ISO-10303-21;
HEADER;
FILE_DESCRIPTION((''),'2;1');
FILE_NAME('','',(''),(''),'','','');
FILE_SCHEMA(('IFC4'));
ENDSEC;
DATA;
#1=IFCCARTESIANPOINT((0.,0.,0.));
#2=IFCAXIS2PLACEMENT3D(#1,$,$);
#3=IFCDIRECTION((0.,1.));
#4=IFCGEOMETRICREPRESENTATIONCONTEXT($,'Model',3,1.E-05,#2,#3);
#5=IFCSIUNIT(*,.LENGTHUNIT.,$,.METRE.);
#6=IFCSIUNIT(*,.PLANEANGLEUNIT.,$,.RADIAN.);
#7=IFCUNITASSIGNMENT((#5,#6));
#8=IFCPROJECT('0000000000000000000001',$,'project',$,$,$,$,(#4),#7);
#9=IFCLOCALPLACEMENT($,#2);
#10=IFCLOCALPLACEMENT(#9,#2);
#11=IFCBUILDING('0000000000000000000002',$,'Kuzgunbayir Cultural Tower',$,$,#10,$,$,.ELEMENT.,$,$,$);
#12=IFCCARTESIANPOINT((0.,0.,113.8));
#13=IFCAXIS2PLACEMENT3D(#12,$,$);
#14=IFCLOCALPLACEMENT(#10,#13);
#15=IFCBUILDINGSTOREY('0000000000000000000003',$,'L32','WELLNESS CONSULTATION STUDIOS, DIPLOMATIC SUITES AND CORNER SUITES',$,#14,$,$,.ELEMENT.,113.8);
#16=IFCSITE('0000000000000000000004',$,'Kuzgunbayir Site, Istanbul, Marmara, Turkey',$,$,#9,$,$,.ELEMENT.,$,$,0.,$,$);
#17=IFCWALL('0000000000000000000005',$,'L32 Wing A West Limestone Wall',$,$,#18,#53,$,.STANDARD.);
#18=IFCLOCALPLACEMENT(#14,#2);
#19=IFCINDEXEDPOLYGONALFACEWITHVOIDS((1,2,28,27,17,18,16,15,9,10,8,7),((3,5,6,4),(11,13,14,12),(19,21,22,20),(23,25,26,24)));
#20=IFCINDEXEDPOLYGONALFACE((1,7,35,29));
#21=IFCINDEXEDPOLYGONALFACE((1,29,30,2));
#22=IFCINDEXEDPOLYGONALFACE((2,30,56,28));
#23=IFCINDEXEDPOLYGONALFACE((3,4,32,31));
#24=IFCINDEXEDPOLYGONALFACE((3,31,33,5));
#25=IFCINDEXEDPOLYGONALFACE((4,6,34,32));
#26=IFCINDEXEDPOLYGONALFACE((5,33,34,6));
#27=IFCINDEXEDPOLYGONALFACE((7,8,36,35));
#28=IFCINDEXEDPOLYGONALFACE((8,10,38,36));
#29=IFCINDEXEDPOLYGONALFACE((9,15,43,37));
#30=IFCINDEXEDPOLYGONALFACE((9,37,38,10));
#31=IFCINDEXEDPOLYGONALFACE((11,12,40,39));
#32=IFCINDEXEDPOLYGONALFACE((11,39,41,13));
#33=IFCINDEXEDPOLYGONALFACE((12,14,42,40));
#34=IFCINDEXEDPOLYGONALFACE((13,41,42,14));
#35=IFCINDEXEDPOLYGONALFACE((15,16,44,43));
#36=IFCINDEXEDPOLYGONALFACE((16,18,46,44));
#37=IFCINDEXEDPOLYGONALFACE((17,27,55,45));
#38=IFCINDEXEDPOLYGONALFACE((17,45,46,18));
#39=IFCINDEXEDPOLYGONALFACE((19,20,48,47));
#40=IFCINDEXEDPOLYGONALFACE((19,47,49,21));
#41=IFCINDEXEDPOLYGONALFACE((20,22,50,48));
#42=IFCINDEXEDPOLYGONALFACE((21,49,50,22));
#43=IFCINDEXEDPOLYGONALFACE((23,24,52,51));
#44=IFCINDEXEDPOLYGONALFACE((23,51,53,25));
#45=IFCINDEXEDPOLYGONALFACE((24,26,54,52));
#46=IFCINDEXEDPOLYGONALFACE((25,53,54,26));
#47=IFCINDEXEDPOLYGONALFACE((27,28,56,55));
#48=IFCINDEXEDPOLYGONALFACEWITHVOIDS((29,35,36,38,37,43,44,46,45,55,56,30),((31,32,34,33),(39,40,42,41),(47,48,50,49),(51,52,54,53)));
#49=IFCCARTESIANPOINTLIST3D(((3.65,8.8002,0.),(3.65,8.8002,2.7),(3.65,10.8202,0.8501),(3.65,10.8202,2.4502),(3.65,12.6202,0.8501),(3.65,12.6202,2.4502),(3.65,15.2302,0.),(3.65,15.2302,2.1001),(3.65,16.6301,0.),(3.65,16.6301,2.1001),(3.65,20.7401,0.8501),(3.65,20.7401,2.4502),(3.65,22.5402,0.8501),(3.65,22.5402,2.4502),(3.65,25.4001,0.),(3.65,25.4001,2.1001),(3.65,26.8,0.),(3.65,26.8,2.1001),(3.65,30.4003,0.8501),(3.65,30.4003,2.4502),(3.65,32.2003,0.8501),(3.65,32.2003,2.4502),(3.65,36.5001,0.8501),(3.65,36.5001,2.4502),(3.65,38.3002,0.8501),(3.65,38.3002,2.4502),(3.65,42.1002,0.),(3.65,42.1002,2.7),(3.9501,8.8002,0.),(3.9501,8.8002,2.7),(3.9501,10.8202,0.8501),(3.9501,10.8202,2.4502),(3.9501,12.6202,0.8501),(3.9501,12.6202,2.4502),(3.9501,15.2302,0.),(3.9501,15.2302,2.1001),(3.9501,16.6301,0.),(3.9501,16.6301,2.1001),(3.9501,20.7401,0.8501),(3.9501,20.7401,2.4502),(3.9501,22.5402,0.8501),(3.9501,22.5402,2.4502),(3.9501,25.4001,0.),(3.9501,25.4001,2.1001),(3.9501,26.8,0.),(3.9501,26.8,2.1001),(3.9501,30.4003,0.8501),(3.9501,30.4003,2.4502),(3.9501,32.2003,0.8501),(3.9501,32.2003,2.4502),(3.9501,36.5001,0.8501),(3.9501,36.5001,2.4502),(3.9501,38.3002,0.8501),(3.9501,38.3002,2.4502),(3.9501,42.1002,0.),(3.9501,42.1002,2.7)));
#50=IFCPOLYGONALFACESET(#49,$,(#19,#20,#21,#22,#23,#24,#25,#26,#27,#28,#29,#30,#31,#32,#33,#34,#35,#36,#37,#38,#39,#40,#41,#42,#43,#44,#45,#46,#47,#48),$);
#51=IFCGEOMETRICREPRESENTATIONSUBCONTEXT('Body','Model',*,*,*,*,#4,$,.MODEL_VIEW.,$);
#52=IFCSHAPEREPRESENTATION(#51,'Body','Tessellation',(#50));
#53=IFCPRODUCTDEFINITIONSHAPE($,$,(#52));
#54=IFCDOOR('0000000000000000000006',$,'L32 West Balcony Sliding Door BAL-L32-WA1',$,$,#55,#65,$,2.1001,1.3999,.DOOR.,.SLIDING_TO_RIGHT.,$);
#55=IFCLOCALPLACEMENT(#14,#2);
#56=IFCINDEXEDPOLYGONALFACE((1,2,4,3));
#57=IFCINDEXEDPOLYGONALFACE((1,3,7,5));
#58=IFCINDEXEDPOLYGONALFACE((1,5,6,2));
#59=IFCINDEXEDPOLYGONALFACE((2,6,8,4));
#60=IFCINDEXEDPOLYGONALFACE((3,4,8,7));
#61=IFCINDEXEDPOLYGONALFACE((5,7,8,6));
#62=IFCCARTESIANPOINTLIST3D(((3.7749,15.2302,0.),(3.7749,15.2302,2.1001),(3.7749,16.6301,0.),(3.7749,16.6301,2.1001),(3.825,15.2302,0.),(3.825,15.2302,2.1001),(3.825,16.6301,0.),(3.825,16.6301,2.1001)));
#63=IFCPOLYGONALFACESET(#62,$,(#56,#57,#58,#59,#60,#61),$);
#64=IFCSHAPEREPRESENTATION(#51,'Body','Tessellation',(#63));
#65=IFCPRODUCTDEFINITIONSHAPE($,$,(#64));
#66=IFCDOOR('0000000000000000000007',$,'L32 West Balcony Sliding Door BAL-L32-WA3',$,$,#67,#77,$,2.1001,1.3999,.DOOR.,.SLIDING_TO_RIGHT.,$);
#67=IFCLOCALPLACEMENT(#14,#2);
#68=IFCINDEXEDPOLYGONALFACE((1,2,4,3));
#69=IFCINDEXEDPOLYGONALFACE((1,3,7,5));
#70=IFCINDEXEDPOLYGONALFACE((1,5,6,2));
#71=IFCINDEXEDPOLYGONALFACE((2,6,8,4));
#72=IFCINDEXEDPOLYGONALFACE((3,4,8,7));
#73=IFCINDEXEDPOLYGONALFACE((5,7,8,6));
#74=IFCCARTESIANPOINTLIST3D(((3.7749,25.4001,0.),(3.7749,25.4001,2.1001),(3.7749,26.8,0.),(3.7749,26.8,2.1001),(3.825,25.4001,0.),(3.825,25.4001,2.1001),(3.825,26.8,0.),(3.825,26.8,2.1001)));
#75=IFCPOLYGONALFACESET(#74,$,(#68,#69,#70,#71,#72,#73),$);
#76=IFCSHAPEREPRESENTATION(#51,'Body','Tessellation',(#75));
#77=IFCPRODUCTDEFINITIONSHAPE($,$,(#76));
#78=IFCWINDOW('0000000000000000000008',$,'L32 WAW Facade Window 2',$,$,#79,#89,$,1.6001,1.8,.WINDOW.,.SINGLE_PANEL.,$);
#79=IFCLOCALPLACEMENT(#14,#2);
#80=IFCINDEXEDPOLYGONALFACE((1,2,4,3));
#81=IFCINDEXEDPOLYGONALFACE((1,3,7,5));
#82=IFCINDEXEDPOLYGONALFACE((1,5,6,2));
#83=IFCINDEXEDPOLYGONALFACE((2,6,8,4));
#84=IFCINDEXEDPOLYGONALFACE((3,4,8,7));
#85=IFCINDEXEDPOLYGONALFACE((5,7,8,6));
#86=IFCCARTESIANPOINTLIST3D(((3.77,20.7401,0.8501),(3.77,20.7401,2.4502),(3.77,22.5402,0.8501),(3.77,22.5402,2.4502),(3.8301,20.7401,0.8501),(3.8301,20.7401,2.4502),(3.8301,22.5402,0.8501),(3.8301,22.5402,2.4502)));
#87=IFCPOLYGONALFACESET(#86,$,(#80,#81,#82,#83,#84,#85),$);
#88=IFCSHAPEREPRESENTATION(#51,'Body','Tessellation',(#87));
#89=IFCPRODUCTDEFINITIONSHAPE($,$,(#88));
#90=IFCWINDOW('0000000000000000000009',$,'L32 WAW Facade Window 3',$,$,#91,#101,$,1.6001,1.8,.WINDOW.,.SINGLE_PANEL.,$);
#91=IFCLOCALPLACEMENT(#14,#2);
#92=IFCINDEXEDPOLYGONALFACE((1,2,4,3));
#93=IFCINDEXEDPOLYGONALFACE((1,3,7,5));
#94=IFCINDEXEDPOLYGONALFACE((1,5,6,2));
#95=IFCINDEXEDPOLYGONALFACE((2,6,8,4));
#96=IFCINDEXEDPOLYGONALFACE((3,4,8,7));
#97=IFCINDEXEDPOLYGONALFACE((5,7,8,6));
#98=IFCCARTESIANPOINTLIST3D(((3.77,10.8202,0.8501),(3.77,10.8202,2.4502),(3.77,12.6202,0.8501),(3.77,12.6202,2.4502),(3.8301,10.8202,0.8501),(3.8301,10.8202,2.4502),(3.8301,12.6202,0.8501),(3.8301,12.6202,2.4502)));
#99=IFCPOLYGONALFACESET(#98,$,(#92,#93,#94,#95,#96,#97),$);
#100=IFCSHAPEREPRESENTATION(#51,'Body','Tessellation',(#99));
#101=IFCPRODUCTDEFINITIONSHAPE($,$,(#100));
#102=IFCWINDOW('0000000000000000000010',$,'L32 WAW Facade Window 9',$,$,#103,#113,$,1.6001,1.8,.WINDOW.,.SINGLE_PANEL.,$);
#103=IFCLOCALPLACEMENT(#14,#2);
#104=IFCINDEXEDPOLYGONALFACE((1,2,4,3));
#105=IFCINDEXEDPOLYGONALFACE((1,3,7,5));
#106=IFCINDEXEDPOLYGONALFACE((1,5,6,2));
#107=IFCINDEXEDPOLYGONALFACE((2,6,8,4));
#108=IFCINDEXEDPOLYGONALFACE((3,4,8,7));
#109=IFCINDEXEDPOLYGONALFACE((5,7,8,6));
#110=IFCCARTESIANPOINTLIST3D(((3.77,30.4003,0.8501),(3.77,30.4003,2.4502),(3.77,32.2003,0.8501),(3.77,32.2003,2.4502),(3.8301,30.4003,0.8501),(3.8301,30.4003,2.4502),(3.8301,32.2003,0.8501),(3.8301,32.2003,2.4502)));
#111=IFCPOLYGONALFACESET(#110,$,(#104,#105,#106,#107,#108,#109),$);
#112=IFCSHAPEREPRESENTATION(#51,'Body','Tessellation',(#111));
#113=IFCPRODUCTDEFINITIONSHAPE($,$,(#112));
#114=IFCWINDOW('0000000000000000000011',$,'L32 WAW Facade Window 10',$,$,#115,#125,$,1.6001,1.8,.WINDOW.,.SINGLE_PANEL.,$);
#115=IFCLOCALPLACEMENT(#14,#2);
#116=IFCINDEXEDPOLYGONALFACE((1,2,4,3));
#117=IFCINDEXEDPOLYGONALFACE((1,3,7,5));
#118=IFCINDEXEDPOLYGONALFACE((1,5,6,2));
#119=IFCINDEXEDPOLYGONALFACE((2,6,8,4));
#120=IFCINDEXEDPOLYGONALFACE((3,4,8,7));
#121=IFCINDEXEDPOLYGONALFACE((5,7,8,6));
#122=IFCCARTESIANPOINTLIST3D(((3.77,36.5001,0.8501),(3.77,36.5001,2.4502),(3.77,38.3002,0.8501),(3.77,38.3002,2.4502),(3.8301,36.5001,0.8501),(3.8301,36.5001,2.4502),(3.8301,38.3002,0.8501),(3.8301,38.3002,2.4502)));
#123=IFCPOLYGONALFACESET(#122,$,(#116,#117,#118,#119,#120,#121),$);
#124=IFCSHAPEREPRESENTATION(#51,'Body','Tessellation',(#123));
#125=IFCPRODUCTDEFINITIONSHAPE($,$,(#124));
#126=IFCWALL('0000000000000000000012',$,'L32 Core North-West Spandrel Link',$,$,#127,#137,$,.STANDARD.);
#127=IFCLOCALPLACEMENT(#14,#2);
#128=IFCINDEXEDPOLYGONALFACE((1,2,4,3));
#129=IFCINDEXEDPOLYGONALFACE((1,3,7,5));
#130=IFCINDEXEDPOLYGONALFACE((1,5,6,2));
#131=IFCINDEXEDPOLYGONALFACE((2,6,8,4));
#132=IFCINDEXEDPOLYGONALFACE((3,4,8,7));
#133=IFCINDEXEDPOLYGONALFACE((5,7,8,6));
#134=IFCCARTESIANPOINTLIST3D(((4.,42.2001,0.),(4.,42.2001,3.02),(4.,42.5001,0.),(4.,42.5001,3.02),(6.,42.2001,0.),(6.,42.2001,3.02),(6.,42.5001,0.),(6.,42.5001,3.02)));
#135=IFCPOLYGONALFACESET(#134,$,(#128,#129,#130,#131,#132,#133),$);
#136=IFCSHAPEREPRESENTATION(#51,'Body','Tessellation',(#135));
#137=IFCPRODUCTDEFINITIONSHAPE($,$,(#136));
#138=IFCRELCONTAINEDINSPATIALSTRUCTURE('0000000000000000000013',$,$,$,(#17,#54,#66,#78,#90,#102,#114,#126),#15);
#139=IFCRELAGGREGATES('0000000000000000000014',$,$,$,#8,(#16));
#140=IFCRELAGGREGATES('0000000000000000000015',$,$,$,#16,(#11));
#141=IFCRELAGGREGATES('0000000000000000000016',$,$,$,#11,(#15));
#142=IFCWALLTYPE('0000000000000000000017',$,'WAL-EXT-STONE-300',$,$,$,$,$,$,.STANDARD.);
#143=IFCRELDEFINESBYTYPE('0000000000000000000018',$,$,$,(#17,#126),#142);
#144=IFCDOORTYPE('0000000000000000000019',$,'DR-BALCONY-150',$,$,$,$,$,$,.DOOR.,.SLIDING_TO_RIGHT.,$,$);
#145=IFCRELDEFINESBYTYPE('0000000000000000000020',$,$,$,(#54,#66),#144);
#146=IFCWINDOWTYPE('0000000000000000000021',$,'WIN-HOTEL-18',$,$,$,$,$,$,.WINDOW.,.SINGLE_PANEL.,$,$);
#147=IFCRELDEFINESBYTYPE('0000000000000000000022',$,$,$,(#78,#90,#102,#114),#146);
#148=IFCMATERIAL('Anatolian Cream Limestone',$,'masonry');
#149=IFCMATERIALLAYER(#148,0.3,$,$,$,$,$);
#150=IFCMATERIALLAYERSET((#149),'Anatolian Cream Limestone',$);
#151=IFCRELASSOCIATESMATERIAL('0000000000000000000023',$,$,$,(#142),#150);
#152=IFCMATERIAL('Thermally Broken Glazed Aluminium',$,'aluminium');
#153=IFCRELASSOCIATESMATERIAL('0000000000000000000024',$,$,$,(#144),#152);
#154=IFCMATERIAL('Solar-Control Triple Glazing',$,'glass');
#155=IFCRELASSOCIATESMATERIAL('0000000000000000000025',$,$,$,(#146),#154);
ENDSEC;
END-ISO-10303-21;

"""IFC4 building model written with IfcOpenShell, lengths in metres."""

from ifc_helpers import new_model, si_unit, direction, frame, frame_2d, origin, place, context, subcontext, project, spatial, rectangle, extrude, material, layer, layer_set, type_object, element, fill, save


model = new_model("IFC4")

# Units and contexts
model_context = context("Model", 3, precision=1e-05, world=origin(), true_north=direction((0.0, 1.0)))
body_context = subcontext(model_context, "Body", "Model", "MODEL_VIEW")
ifc_project = project(units=[si_unit("LENGTHUNIT", "METRE"), si_unit("PLANEANGLEUNIT", "RADIAN")], contexts=[model_context])

# Site, building, storey
site_placement = place(None, origin())
site = spatial("IfcSite", under=ifc_project, at=site_placement, Name="Kuzgunbayir Site, Istanbul, Marmara, Turkey", CompositionType="ELEMENT", RefElevation=0.0)
building_placement = place(site_placement, origin())
building = spatial("IfcBuilding", under=site, at=building_placement, Name="Kuzgunbayir Cultural Tower", CompositionType="ELEMENT")
storey_placement = place(building_placement, frame((0.0, 0.0, 113.8)))
storey = spatial("IfcBuildingStorey", under=building, at=storey_placement, Name="L32", Description="WELLNESS CONSULTATION STUDIOS, DIPLOMATIC SUITES AND CORNER SUITES", CompositionType="ELEMENT", Elevation=113.8)

# Wall, openings, doors, windows
ifc_material_1 = material(Name="Anatolian Cream Limestone", Category="masonry")
ifc_layer_1 = layer(ifc_material_1, 0.3)
ifc_layer_set_1 = layer_set([ifc_layer_1], Name="Anatolian Cream Limestone")
wall_type_1 = type_object("IfcWallType", Name="WAL-EXT-STONE-300", PredefinedType="STANDARD", material=ifc_layer_set_1)
wall_1_placement = place(storey_placement, frame((3.8, 42.1001, 0.0), z_axis=(0.0, 0.0, 1.0), x_axis=(0.0, -1.0, 0.0)))
wall_1 = element("IfcWall", 1, at=wall_1_placement, inside=storey, type_object=wall_type_1, Name="L32 Wing A West Limestone Wall", PredefinedType="STANDARD", context=body_context, shape_type="SweptSolid", body=[
    extrude(rectangle(XDim=33.3, YDim=0.3, at=frame_2d((16.6499, 0.0))), origin(), (0.0, 0.0, 1.0), 2.7),
])
opening_1_placement = place(wall_1_placement, frame((25.47, 0.0, 0.0)))
opening_1 = element("IfcOpeningElement", 2, at=opening_1_placement, cuts=wall_1, PredefinedType="OPENING", context=body_context, shape_type="SweptSolid", body=[
    extrude(rectangle(XDim=1.3999, YDim=2.1001, at=frame_2d((0.7, 1.05))), frame((0.0, 0.1602, 0.0), z_axis=(0.0, -1.0, 0.0), x_axis=(1.0, 0.0, 0.0)), (0.0, 0.0, 1.0), 0.3201),
])
opening_2_placement = place(wall_1_placement, frame((15.3, 0.0, 0.0)))
opening_2 = element("IfcOpeningElement", 3, at=opening_2_placement, cuts=wall_1, PredefinedType="OPENING", context=body_context, shape_type="SweptSolid", body=[
    extrude(rectangle(XDim=1.3999, YDim=2.1001, at=frame_2d((0.7, 1.05))), frame((0.0, 0.1602, 0.0), z_axis=(0.0, -1.0, 0.0), x_axis=(1.0, 0.0, 0.0)), (0.0, 0.0, 1.0), 0.3201),
])
opening_3_placement = place(wall_1_placement, frame((19.5601, 0.0, 0.8501)))
opening_3 = element("IfcOpeningElement", 4, at=opening_3_placement, cuts=wall_1, PredefinedType="OPENING", context=body_context, shape_type="SweptSolid", body=[
    extrude(rectangle(XDim=1.8, YDim=1.6001, at=frame_2d((0.8999, 0.8))), frame((0.0, 0.1602, 0.0), z_axis=(0.0, -1.0, 0.0), x_axis=(1.0, 0.0, 0.0)), (0.0, 0.0, 1.0), 0.3201),
])
opening_4_placement = place(wall_1_placement, frame((29.48, 0.0, 0.8501)))
opening_4 = element("IfcOpeningElement", 5, at=opening_4_placement, cuts=wall_1, PredefinedType="OPENING", context=body_context, shape_type="SweptSolid", body=[
    extrude(rectangle(XDim=1.8, YDim=1.6001, at=frame_2d((0.8999, 0.8))), frame((0.0, 0.1602, 0.0), z_axis=(0.0, -1.0, 0.0), x_axis=(1.0, 0.0, 0.0)), (0.0, 0.0, 1.0), 0.3201),
])
opening_5_placement = place(wall_1_placement, frame((9.8999, 0.0, 0.8501)))
opening_5 = element("IfcOpeningElement", 6, at=opening_5_placement, cuts=wall_1, PredefinedType="OPENING", context=body_context, shape_type="SweptSolid", body=[
    extrude(rectangle(XDim=1.8, YDim=1.6001, at=frame_2d((0.8999, 0.8))), frame((0.0, 0.1602, 0.0), z_axis=(0.0, -1.0, 0.0), x_axis=(1.0, 0.0, 0.0)), (0.0, 0.0, 1.0), 0.3201),
])
opening_6_placement = place(wall_1_placement, frame((3.8, 0.0, 0.8501)))
opening_6 = element("IfcOpeningElement", 7, at=opening_6_placement, cuts=wall_1, PredefinedType="OPENING", context=body_context, shape_type="SweptSolid", body=[
    extrude(rectangle(XDim=1.8, YDim=1.6001, at=frame_2d((0.8999, 0.8))), frame((0.0, 0.1602, 0.0), z_axis=(0.0, -1.0, 0.0), x_axis=(1.0, 0.0, 0.0)), (0.0, 0.0, 1.0), 0.3201),
])
ifc_material_2 = material(Name="Thermally Broken Glazed Aluminium", Category="aluminium")
door_type = type_object("IfcDoorType", Name="DR-BALCONY-150", OperationType="SLIDING_TO_RIGHT", PredefinedType="DOOR", material=ifc_material_2)
door_1_placement = place(opening_1_placement, origin())
door_1 = element("IfcDoor", 8, at=door_1_placement, inside=storey, type_object=door_type, Name="L32 West Balcony Sliding Door BAL-L32-WA1", OperationType="SLIDING_TO_RIGHT", OverallHeight=2.1001, OverallWidth=1.3999, PredefinedType="DOOR", context=body_context, shape_type="SweptSolid", body=[
    extrude(rectangle(XDim=1.3999, YDim=2.1001, at=frame_2d((0.7, 1.05))), frame((0.0, 0.0249, 0.0), z_axis=(0.0, -1.0, 0.0), x_axis=(1.0, 0.0, 0.0)), (0.0, 0.0, 1.0), 0.05),
])
fill(opening_1, door_1)
door_2_placement = place(opening_2_placement, origin())
door_2 = element("IfcDoor", 9, at=door_2_placement, inside=storey, type_object=door_type, Name="L32 West Balcony Sliding Door BAL-L32-WA3", OperationType="SLIDING_TO_RIGHT", OverallHeight=2.1001, OverallWidth=1.3999, PredefinedType="DOOR", context=body_context, shape_type="SweptSolid", body=[
    extrude(rectangle(XDim=1.3999, YDim=2.1001, at=frame_2d((0.7, 1.05))), frame((0.0, 0.0249, 0.0), z_axis=(0.0, -1.0, 0.0), x_axis=(1.0, 0.0, 0.0)), (0.0, 0.0, 1.0), 0.05),
])
fill(opening_2, door_2)
ifc_material_3 = material(Name="Solar-Control Triple Glazing", Category="glass")
window_type = type_object("IfcWindowType", Name="WIN-HOTEL-18", PartitioningType="SINGLE_PANEL", PredefinedType="WINDOW", material=ifc_material_3)
window_1_placement = place(opening_3_placement, origin())
window_1 = element("IfcWindow", 10, at=window_1_placement, inside=storey, type_object=window_type, Name="L32 WAW Facade Window 2", OverallHeight=1.6001, OverallWidth=1.8, PartitioningType="SINGLE_PANEL", PredefinedType="WINDOW", context=body_context, shape_type="SweptSolid", body=[
    extrude(rectangle(XDim=1.8, YDim=1.6001, at=frame_2d((0.8999, 0.8))), frame((0.0, 0.03, 0.0), z_axis=(0.0, -1.0, 0.0), x_axis=(1.0, 0.0, 0.0)), (0.0, 0.0, 1.0), 0.0601),
])
fill(opening_3, window_1)
window_2_placement = place(opening_4_placement, origin())
window_2 = element("IfcWindow", 11, at=window_2_placement, inside=storey, type_object=window_type, Name="L32 WAW Facade Window 3", OverallHeight=1.6001, OverallWidth=1.8, PartitioningType="SINGLE_PANEL", PredefinedType="WINDOW", context=body_context, shape_type="SweptSolid", body=[
    extrude(rectangle(XDim=1.8, YDim=1.6001, at=frame_2d((0.8999, 0.8))), frame((0.0, 0.03, 0.0), z_axis=(0.0, -1.0, 0.0), x_axis=(1.0, 0.0, 0.0)), (0.0, 0.0, 1.0), 0.0601),
])
fill(opening_4, window_2)
window_3_placement = place(opening_5_placement, origin())
window_3 = element("IfcWindow", 12, at=window_3_placement, inside=storey, type_object=window_type, Name="L32 WAW Facade Window 9", OverallHeight=1.6001, OverallWidth=1.8, PartitioningType="SINGLE_PANEL", PredefinedType="WINDOW", context=body_context, shape_type="SweptSolid", body=[
    extrude(rectangle(XDim=1.8, YDim=1.6001, at=frame_2d((0.8999, 0.8))), frame((0.0, 0.03, 0.0), z_axis=(0.0, -1.0, 0.0), x_axis=(1.0, 0.0, 0.0)), (0.0, 0.0, 1.0), 0.0601),
])
fill(opening_5, window_3)
window_4_placement = place(opening_6_placement, origin())
window_4 = element("IfcWindow", 13, at=window_4_placement, inside=storey, type_object=window_type, Name="L32 WAW Facade Window 10", OverallHeight=1.6001, OverallWidth=1.8, PartitioningType="SINGLE_PANEL", PredefinedType="WINDOW", context=body_context, shape_type="SweptSolid", body=[
    extrude(rectangle(XDim=1.8, YDim=1.6001, at=frame_2d((0.8999, 0.8))), frame((0.0, 0.03, 0.0), z_axis=(0.0, -1.0, 0.0), x_axis=(1.0, 0.0, 0.0)), (0.0, 0.0, 1.0), 0.0601),
])
fill(opening_6, window_4)

# Wall
wall_2_placement = place(storey_placement, frame((6.0, 42.3501, 0.0), z_axis=(0.0, 0.0, 1.0), x_axis=(-1.0, 0.0, 0.0)))
element("IfcWall", 14, at=wall_2_placement, inside=storey, type_object=wall_type_1, Name="L32 Core North-West Spandrel Link", PredefinedType="STANDARD", context=body_context, shape_type="SweptSolid", body=[
    extrude(rectangle(XDim=2.0, YDim=0.3, at=frame_2d((1.0, 0.0))), origin(), (0.0, 0.0, 1.0), 3.02),
])

save(model, "model.ifc")
